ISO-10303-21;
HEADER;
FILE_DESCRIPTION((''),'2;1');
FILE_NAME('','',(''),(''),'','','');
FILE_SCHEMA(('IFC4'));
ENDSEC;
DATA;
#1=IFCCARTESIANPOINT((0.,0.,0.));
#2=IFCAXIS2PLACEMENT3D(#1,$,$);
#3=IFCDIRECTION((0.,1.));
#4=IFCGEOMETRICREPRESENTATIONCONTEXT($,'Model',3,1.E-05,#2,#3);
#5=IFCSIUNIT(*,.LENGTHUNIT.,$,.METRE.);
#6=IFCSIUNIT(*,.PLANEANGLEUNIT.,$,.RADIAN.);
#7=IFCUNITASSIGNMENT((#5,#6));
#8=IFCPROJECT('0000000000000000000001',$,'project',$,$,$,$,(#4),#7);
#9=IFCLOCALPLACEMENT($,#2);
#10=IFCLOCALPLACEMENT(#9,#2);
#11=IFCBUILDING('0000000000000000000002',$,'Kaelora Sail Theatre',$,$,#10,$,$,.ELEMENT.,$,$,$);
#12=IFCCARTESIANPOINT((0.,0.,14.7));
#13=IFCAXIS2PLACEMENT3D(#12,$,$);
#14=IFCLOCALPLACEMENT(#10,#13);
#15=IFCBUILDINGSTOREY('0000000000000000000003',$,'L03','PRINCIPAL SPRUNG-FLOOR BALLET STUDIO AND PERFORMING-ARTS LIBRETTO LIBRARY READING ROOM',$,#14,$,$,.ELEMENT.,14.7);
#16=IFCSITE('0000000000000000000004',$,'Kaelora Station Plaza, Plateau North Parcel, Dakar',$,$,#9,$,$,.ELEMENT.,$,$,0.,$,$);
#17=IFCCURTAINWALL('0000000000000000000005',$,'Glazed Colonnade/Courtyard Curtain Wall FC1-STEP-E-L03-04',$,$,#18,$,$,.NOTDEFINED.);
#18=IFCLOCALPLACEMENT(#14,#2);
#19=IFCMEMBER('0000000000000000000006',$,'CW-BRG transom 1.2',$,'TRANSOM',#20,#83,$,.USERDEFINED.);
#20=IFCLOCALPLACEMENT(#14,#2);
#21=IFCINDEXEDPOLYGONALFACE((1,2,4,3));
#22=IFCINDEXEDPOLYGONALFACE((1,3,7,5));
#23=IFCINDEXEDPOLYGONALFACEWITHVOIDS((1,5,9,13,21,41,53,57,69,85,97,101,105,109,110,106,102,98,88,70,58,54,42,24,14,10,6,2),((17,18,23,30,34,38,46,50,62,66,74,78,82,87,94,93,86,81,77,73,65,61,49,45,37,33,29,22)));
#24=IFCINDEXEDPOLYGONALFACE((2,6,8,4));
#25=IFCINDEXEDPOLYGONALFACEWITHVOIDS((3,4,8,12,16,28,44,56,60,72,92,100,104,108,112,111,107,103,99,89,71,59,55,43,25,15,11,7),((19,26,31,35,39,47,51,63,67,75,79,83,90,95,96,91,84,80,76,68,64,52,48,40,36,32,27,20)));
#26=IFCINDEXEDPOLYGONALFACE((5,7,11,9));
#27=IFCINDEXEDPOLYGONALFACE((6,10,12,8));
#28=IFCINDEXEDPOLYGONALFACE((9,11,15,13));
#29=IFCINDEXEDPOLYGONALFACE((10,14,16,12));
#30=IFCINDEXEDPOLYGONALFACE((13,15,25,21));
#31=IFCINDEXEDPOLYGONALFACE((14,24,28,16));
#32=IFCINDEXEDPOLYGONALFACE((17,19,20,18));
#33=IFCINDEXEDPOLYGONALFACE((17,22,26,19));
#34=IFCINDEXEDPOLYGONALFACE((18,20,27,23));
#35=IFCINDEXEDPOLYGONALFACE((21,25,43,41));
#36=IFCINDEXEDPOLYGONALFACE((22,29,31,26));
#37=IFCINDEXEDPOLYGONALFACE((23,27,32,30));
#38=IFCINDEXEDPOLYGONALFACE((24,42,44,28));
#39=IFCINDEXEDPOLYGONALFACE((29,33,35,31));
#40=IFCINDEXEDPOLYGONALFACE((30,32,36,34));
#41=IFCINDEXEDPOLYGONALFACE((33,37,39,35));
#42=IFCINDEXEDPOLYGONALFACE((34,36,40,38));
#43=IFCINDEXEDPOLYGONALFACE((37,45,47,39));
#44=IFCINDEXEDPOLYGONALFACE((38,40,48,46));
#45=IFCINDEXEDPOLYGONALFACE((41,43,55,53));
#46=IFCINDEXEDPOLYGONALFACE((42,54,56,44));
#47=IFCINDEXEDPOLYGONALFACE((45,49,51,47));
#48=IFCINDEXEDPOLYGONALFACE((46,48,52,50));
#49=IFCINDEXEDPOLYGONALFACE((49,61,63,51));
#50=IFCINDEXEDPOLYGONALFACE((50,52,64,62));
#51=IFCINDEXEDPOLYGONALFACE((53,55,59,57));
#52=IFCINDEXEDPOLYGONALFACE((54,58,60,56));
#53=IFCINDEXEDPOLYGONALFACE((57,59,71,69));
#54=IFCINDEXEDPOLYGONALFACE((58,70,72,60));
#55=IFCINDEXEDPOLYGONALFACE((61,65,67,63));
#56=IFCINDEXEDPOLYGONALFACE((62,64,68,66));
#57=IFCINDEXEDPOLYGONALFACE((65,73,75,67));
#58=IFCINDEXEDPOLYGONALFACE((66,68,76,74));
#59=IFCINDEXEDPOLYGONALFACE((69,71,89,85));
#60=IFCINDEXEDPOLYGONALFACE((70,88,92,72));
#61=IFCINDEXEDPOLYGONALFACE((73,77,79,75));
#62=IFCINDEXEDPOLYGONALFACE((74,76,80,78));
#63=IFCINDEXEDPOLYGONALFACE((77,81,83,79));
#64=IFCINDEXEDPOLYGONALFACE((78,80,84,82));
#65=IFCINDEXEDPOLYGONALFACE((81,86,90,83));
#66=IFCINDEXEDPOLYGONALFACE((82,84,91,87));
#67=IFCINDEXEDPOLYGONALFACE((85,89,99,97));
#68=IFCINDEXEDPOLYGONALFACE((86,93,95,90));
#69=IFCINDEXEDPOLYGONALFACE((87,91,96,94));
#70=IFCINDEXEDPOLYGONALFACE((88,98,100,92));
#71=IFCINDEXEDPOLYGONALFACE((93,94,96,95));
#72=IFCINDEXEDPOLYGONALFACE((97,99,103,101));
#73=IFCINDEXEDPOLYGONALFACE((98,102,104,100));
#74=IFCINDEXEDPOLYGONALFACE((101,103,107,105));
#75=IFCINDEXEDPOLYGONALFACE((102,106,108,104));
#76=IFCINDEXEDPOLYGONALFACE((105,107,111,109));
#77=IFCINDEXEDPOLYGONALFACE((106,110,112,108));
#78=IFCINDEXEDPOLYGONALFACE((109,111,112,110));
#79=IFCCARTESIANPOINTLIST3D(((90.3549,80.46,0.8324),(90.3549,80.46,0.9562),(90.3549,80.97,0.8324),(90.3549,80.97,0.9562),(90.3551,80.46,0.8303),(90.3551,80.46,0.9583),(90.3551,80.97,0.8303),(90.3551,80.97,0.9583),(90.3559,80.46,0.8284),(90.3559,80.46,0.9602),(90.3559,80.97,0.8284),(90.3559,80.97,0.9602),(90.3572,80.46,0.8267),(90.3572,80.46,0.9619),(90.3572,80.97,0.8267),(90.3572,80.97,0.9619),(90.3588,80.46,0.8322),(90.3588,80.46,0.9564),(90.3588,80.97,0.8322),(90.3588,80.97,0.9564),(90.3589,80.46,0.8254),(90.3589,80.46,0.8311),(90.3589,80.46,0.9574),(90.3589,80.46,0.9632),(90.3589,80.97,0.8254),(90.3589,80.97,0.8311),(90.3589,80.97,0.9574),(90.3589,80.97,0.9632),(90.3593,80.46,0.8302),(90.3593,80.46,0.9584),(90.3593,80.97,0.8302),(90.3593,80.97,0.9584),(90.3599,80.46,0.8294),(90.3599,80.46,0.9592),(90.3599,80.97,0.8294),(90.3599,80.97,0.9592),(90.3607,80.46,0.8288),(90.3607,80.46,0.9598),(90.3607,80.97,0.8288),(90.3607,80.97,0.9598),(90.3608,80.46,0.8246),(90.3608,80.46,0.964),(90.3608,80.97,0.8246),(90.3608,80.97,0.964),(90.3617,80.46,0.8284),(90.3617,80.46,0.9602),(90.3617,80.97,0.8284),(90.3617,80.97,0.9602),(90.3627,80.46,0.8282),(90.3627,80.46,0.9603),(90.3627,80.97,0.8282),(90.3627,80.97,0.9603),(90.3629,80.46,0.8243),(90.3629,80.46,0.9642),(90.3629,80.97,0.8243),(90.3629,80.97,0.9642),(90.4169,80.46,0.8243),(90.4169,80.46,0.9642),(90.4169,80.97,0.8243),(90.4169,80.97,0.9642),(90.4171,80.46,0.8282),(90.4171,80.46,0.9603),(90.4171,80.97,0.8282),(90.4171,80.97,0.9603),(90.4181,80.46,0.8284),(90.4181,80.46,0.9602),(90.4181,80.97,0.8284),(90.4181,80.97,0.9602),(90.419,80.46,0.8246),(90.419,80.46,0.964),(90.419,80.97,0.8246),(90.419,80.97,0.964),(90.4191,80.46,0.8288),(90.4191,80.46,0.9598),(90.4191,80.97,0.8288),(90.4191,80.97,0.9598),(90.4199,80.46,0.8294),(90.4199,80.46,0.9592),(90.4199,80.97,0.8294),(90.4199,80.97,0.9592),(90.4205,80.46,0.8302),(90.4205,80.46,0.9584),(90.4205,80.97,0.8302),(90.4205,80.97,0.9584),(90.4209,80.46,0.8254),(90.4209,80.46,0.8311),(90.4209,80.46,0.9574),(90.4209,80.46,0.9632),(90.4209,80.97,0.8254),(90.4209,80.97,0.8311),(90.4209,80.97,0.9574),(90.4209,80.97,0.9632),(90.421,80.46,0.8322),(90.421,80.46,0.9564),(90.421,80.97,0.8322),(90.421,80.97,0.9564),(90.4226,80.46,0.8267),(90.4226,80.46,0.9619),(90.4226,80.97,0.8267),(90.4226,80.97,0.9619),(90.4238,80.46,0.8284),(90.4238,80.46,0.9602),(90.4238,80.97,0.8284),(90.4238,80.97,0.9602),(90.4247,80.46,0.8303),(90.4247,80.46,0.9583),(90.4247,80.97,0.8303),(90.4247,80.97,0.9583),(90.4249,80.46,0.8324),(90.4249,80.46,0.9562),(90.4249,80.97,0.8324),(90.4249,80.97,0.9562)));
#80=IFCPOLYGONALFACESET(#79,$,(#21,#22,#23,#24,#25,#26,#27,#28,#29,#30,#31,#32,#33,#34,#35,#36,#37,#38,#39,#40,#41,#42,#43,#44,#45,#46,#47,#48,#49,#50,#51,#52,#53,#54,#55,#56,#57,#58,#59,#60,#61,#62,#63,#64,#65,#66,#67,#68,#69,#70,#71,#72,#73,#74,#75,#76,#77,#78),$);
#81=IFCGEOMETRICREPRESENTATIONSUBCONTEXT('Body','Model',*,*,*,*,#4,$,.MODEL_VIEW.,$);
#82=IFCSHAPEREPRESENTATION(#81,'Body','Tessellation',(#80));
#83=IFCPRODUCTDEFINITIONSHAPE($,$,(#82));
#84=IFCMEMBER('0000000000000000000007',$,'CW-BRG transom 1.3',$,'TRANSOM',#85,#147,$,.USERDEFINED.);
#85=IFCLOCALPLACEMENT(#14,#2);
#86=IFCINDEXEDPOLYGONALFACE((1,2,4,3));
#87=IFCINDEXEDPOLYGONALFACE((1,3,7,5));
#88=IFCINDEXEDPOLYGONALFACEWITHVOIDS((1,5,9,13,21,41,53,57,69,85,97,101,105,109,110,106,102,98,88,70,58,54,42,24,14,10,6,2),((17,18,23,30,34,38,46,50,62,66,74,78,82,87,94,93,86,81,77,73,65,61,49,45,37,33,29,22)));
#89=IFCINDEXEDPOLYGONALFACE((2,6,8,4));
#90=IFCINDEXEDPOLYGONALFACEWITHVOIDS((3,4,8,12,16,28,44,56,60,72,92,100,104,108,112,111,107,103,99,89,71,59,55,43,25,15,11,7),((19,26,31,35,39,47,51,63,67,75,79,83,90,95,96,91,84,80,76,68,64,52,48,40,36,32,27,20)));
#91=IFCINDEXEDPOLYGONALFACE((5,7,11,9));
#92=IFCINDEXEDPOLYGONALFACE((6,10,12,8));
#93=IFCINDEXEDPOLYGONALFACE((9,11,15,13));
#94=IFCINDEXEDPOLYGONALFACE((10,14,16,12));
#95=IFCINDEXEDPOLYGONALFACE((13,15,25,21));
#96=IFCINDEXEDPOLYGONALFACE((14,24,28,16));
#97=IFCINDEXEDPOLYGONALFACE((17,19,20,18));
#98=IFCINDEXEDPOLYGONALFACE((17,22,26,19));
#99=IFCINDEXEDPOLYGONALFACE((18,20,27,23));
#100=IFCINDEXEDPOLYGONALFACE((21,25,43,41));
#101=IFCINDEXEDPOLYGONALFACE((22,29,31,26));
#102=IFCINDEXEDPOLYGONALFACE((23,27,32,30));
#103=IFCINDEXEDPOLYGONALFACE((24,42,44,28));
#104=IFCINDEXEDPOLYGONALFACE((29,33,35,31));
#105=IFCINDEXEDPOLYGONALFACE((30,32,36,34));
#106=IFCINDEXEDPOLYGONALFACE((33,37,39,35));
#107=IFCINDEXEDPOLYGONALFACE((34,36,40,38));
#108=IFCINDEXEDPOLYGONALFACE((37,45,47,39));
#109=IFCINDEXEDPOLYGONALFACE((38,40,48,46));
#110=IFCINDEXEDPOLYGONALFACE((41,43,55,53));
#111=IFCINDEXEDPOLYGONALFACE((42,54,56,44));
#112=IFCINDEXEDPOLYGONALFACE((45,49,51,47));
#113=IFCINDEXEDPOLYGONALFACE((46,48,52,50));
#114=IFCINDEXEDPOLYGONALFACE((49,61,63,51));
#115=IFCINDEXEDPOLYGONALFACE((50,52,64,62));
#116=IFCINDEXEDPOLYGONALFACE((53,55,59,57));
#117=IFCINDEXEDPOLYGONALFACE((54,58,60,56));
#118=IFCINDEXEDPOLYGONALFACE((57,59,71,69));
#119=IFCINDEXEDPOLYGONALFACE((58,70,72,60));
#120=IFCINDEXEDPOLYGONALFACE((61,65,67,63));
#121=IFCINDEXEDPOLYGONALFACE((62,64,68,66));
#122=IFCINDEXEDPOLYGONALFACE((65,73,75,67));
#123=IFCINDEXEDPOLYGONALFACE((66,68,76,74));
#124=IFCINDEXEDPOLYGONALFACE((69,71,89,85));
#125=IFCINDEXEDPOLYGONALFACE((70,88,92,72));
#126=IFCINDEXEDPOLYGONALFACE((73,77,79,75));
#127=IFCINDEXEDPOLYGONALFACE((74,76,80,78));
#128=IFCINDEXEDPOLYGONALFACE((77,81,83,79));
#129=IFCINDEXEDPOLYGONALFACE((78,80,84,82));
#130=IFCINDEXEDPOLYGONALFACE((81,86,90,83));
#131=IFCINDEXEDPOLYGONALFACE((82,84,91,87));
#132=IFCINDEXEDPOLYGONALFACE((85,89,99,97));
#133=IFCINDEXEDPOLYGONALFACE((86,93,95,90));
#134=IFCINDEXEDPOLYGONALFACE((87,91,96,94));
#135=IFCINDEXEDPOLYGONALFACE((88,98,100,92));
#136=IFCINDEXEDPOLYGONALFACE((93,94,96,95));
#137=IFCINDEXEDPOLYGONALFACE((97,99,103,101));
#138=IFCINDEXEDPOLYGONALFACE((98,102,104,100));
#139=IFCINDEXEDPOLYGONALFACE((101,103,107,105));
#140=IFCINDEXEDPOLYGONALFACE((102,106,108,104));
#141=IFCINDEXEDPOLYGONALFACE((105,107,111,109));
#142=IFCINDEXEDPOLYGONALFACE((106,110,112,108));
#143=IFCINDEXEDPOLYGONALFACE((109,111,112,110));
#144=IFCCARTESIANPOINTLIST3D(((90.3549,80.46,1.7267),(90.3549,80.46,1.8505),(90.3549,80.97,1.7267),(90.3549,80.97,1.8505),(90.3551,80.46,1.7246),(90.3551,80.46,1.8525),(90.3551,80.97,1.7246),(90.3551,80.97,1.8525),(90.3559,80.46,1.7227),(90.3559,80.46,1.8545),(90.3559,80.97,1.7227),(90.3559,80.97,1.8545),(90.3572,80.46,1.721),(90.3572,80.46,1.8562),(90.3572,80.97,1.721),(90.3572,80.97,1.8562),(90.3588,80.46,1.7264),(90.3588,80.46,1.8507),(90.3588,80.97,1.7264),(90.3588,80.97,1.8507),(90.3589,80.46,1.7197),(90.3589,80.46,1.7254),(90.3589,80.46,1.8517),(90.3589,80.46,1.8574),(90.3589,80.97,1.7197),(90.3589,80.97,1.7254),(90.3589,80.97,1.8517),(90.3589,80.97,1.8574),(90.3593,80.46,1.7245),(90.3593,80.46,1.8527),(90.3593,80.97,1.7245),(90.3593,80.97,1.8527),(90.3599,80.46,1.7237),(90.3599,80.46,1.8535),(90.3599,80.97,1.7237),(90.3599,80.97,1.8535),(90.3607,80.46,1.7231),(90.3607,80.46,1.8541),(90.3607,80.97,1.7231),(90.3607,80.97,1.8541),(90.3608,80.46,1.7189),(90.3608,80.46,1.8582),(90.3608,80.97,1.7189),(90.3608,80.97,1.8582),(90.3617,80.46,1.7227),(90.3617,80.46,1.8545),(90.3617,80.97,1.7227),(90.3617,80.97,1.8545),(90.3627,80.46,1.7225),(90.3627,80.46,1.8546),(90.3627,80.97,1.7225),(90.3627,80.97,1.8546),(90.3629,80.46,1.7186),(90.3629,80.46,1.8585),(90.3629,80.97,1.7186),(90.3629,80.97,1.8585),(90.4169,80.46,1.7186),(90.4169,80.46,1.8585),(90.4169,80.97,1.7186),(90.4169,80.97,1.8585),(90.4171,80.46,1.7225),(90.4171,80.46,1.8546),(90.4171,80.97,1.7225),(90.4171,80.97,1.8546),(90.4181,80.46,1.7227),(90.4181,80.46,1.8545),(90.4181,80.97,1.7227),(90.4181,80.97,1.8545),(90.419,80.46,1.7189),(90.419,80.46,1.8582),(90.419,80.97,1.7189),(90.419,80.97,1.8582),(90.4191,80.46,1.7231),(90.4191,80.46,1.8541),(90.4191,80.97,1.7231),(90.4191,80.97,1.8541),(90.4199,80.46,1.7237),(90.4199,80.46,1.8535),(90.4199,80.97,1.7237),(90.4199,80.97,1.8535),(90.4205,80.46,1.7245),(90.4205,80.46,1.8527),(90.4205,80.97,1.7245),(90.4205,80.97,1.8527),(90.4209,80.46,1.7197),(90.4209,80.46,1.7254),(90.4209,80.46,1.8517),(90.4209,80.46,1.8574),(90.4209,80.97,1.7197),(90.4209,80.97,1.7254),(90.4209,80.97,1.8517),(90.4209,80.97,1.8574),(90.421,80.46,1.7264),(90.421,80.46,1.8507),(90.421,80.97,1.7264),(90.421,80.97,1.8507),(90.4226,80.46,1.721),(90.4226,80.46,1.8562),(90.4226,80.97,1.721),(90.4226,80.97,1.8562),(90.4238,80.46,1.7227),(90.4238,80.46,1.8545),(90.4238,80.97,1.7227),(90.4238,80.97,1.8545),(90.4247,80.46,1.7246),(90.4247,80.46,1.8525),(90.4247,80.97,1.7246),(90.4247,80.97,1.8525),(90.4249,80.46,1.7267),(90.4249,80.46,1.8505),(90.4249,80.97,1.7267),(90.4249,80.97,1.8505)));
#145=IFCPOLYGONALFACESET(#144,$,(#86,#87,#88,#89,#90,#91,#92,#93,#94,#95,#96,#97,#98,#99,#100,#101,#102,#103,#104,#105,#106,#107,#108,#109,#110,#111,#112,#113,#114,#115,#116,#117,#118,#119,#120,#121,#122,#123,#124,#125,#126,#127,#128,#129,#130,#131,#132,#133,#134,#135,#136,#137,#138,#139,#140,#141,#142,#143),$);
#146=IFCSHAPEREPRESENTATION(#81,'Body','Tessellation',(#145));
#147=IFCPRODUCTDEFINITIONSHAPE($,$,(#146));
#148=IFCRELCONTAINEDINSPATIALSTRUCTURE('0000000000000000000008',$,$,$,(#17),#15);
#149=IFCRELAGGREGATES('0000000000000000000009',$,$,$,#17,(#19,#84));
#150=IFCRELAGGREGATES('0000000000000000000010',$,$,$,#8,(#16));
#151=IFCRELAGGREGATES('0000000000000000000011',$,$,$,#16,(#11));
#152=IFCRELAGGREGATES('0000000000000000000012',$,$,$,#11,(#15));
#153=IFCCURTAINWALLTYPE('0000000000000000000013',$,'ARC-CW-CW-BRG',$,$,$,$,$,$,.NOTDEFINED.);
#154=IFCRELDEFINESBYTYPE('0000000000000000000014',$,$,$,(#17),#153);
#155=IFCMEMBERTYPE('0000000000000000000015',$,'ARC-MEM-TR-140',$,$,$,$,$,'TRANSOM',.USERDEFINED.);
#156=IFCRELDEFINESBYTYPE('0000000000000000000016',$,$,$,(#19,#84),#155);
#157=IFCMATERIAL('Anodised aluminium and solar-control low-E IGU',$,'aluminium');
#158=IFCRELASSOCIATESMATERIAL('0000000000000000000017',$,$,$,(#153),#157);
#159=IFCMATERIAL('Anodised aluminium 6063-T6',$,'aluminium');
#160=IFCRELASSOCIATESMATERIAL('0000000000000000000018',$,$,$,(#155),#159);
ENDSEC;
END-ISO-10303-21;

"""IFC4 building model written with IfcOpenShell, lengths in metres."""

from ifc_helpers import new_model, si_unit, direction, frame, origin, origin_2d, place, context, subcontext, project, spatial, hollow_rectangle, extrude, material, material_profile, profile_set, type_object, element, aggregate, save


model = new_model("IFC4")

# Units and contexts
model_context = context("Model", 3, precision=1e-05, world=origin(), true_north=direction((0.0, 1.0)))
body_context = subcontext(model_context, "Body", "Model", "MODEL_VIEW")
ifc_project = project(units=[si_unit("LENGTHUNIT", "METRE"), si_unit("PLANEANGLEUNIT", "RADIAN")], contexts=[model_context])

# Site, building, storey
site_placement = place(None, origin())
site = spatial("IfcSite", under=ifc_project, at=site_placement, Name="Kaelora Station Plaza, Plateau North Parcel, Dakar", CompositionType="ELEMENT", RefElevation=0.0)
building_placement = place(site_placement, origin())
building = spatial("IfcBuilding", under=site, at=building_placement, Name="Kaelora Sail Theatre", CompositionType="ELEMENT")
storey_placement = place(building_placement, frame((0.0, 0.0, 14.7)))
storey = spatial("IfcBuildingStorey", under=building, at=storey_placement, Name="L03", Description="PRINCIPAL SPRUNG-FLOOR BALLET STUDIO AND PERFORMING-ARTS LIBRETTO LIBRARY READING ROOM", CompositionType="ELEMENT", Elevation=14.7)

# Shared definitions
ifc_material_1 = material(Name="Anodised aluminium and solar-control low-E IGU", Category="aluminium")
curtain_wall_type = type_object("IfcCurtainWallType", Name="ARC-CW-CW-BRG", PredefinedType="NOTDEFINED", material=ifc_material_1)

# Curtain wall
curtain_wall_1_placement = place(storey_placement, origin())
curtain_wall_1 = element("IfcCurtainWall", 1, at=curtain_wall_1_placement, inside=storey, type_object=curtain_wall_type, Name="Glazed Colonnade/Courtyard Curtain Wall FC1-STEP-E-L03-04", PredefinedType="NOTDEFINED")

# Members
ifc_material_2 = material(Name="Anodised aluminium 6063-T6", Category="aluminium")
ifc_material_profile_1 = material_profile(ifc_material_2, hollow_rectangle(XDim=0.0701, YDim=0.1399, WallThickness=0.0039, InnerFilletRadius=0.0039, OuterFilletRadius=0.0081, at=origin_2d()), Name="ALU-TRAN 70x140x4")
ifc_profile_set_1 = profile_set([ifc_material_profile_1], Name="Anodised aluminium 6063-T6")
member_type_1 = type_object("IfcMemberType", Name="ARC-MEM-TR-140", ElementType="TRANSOM", PredefinedType="USERDEFINED", material=ifc_profile_set_1)
member_1_placement = place(storey_placement, frame((90.3899, 80.46, 0.8943), z_axis=(0.0, 1.0, 0.0), x_axis=(-1.0, 0.0, 0.0)))
member_1 = element("IfcMember", 2, at=member_1_placement, type_object=member_type_1, Name="CW-BRG transom 1.2", ObjectType="TRANSOM", PredefinedType="USERDEFINED", context=body_context, shape_type="SweptSolid", body=[
    extrude(hollow_rectangle(XDim=0.0701, YDim=0.1399, WallThickness=0.0039, InnerFilletRadius=0.0039, OuterFilletRadius=0.0081, at=origin_2d()), origin(), (0.0, 0.0, 1.0), 0.51),
])
member_2_placement = place(storey_placement, frame((90.3899, 80.46, 1.7886), z_axis=(0.0, 1.0, 0.0), x_axis=(-1.0, 0.0, 0.0)))
member_2 = element("IfcMember", 3, at=member_2_placement, type_object=member_type_1, Name="CW-BRG transom 1.3", ObjectType="TRANSOM", PredefinedType="USERDEFINED", context=body_context, shape_type="SweptSolid", body=[
    extrude(hollow_rectangle(XDim=0.0701, YDim=0.1399, WallThickness=0.0039, InnerFilletRadius=0.0039, OuterFilletRadius=0.0081, at=origin_2d()), origin(), (0.0, 0.0, 1.0), 0.51),
])

aggregate(curtain_wall_1, [member_1, member_2])

save(model, "model.ifc")
